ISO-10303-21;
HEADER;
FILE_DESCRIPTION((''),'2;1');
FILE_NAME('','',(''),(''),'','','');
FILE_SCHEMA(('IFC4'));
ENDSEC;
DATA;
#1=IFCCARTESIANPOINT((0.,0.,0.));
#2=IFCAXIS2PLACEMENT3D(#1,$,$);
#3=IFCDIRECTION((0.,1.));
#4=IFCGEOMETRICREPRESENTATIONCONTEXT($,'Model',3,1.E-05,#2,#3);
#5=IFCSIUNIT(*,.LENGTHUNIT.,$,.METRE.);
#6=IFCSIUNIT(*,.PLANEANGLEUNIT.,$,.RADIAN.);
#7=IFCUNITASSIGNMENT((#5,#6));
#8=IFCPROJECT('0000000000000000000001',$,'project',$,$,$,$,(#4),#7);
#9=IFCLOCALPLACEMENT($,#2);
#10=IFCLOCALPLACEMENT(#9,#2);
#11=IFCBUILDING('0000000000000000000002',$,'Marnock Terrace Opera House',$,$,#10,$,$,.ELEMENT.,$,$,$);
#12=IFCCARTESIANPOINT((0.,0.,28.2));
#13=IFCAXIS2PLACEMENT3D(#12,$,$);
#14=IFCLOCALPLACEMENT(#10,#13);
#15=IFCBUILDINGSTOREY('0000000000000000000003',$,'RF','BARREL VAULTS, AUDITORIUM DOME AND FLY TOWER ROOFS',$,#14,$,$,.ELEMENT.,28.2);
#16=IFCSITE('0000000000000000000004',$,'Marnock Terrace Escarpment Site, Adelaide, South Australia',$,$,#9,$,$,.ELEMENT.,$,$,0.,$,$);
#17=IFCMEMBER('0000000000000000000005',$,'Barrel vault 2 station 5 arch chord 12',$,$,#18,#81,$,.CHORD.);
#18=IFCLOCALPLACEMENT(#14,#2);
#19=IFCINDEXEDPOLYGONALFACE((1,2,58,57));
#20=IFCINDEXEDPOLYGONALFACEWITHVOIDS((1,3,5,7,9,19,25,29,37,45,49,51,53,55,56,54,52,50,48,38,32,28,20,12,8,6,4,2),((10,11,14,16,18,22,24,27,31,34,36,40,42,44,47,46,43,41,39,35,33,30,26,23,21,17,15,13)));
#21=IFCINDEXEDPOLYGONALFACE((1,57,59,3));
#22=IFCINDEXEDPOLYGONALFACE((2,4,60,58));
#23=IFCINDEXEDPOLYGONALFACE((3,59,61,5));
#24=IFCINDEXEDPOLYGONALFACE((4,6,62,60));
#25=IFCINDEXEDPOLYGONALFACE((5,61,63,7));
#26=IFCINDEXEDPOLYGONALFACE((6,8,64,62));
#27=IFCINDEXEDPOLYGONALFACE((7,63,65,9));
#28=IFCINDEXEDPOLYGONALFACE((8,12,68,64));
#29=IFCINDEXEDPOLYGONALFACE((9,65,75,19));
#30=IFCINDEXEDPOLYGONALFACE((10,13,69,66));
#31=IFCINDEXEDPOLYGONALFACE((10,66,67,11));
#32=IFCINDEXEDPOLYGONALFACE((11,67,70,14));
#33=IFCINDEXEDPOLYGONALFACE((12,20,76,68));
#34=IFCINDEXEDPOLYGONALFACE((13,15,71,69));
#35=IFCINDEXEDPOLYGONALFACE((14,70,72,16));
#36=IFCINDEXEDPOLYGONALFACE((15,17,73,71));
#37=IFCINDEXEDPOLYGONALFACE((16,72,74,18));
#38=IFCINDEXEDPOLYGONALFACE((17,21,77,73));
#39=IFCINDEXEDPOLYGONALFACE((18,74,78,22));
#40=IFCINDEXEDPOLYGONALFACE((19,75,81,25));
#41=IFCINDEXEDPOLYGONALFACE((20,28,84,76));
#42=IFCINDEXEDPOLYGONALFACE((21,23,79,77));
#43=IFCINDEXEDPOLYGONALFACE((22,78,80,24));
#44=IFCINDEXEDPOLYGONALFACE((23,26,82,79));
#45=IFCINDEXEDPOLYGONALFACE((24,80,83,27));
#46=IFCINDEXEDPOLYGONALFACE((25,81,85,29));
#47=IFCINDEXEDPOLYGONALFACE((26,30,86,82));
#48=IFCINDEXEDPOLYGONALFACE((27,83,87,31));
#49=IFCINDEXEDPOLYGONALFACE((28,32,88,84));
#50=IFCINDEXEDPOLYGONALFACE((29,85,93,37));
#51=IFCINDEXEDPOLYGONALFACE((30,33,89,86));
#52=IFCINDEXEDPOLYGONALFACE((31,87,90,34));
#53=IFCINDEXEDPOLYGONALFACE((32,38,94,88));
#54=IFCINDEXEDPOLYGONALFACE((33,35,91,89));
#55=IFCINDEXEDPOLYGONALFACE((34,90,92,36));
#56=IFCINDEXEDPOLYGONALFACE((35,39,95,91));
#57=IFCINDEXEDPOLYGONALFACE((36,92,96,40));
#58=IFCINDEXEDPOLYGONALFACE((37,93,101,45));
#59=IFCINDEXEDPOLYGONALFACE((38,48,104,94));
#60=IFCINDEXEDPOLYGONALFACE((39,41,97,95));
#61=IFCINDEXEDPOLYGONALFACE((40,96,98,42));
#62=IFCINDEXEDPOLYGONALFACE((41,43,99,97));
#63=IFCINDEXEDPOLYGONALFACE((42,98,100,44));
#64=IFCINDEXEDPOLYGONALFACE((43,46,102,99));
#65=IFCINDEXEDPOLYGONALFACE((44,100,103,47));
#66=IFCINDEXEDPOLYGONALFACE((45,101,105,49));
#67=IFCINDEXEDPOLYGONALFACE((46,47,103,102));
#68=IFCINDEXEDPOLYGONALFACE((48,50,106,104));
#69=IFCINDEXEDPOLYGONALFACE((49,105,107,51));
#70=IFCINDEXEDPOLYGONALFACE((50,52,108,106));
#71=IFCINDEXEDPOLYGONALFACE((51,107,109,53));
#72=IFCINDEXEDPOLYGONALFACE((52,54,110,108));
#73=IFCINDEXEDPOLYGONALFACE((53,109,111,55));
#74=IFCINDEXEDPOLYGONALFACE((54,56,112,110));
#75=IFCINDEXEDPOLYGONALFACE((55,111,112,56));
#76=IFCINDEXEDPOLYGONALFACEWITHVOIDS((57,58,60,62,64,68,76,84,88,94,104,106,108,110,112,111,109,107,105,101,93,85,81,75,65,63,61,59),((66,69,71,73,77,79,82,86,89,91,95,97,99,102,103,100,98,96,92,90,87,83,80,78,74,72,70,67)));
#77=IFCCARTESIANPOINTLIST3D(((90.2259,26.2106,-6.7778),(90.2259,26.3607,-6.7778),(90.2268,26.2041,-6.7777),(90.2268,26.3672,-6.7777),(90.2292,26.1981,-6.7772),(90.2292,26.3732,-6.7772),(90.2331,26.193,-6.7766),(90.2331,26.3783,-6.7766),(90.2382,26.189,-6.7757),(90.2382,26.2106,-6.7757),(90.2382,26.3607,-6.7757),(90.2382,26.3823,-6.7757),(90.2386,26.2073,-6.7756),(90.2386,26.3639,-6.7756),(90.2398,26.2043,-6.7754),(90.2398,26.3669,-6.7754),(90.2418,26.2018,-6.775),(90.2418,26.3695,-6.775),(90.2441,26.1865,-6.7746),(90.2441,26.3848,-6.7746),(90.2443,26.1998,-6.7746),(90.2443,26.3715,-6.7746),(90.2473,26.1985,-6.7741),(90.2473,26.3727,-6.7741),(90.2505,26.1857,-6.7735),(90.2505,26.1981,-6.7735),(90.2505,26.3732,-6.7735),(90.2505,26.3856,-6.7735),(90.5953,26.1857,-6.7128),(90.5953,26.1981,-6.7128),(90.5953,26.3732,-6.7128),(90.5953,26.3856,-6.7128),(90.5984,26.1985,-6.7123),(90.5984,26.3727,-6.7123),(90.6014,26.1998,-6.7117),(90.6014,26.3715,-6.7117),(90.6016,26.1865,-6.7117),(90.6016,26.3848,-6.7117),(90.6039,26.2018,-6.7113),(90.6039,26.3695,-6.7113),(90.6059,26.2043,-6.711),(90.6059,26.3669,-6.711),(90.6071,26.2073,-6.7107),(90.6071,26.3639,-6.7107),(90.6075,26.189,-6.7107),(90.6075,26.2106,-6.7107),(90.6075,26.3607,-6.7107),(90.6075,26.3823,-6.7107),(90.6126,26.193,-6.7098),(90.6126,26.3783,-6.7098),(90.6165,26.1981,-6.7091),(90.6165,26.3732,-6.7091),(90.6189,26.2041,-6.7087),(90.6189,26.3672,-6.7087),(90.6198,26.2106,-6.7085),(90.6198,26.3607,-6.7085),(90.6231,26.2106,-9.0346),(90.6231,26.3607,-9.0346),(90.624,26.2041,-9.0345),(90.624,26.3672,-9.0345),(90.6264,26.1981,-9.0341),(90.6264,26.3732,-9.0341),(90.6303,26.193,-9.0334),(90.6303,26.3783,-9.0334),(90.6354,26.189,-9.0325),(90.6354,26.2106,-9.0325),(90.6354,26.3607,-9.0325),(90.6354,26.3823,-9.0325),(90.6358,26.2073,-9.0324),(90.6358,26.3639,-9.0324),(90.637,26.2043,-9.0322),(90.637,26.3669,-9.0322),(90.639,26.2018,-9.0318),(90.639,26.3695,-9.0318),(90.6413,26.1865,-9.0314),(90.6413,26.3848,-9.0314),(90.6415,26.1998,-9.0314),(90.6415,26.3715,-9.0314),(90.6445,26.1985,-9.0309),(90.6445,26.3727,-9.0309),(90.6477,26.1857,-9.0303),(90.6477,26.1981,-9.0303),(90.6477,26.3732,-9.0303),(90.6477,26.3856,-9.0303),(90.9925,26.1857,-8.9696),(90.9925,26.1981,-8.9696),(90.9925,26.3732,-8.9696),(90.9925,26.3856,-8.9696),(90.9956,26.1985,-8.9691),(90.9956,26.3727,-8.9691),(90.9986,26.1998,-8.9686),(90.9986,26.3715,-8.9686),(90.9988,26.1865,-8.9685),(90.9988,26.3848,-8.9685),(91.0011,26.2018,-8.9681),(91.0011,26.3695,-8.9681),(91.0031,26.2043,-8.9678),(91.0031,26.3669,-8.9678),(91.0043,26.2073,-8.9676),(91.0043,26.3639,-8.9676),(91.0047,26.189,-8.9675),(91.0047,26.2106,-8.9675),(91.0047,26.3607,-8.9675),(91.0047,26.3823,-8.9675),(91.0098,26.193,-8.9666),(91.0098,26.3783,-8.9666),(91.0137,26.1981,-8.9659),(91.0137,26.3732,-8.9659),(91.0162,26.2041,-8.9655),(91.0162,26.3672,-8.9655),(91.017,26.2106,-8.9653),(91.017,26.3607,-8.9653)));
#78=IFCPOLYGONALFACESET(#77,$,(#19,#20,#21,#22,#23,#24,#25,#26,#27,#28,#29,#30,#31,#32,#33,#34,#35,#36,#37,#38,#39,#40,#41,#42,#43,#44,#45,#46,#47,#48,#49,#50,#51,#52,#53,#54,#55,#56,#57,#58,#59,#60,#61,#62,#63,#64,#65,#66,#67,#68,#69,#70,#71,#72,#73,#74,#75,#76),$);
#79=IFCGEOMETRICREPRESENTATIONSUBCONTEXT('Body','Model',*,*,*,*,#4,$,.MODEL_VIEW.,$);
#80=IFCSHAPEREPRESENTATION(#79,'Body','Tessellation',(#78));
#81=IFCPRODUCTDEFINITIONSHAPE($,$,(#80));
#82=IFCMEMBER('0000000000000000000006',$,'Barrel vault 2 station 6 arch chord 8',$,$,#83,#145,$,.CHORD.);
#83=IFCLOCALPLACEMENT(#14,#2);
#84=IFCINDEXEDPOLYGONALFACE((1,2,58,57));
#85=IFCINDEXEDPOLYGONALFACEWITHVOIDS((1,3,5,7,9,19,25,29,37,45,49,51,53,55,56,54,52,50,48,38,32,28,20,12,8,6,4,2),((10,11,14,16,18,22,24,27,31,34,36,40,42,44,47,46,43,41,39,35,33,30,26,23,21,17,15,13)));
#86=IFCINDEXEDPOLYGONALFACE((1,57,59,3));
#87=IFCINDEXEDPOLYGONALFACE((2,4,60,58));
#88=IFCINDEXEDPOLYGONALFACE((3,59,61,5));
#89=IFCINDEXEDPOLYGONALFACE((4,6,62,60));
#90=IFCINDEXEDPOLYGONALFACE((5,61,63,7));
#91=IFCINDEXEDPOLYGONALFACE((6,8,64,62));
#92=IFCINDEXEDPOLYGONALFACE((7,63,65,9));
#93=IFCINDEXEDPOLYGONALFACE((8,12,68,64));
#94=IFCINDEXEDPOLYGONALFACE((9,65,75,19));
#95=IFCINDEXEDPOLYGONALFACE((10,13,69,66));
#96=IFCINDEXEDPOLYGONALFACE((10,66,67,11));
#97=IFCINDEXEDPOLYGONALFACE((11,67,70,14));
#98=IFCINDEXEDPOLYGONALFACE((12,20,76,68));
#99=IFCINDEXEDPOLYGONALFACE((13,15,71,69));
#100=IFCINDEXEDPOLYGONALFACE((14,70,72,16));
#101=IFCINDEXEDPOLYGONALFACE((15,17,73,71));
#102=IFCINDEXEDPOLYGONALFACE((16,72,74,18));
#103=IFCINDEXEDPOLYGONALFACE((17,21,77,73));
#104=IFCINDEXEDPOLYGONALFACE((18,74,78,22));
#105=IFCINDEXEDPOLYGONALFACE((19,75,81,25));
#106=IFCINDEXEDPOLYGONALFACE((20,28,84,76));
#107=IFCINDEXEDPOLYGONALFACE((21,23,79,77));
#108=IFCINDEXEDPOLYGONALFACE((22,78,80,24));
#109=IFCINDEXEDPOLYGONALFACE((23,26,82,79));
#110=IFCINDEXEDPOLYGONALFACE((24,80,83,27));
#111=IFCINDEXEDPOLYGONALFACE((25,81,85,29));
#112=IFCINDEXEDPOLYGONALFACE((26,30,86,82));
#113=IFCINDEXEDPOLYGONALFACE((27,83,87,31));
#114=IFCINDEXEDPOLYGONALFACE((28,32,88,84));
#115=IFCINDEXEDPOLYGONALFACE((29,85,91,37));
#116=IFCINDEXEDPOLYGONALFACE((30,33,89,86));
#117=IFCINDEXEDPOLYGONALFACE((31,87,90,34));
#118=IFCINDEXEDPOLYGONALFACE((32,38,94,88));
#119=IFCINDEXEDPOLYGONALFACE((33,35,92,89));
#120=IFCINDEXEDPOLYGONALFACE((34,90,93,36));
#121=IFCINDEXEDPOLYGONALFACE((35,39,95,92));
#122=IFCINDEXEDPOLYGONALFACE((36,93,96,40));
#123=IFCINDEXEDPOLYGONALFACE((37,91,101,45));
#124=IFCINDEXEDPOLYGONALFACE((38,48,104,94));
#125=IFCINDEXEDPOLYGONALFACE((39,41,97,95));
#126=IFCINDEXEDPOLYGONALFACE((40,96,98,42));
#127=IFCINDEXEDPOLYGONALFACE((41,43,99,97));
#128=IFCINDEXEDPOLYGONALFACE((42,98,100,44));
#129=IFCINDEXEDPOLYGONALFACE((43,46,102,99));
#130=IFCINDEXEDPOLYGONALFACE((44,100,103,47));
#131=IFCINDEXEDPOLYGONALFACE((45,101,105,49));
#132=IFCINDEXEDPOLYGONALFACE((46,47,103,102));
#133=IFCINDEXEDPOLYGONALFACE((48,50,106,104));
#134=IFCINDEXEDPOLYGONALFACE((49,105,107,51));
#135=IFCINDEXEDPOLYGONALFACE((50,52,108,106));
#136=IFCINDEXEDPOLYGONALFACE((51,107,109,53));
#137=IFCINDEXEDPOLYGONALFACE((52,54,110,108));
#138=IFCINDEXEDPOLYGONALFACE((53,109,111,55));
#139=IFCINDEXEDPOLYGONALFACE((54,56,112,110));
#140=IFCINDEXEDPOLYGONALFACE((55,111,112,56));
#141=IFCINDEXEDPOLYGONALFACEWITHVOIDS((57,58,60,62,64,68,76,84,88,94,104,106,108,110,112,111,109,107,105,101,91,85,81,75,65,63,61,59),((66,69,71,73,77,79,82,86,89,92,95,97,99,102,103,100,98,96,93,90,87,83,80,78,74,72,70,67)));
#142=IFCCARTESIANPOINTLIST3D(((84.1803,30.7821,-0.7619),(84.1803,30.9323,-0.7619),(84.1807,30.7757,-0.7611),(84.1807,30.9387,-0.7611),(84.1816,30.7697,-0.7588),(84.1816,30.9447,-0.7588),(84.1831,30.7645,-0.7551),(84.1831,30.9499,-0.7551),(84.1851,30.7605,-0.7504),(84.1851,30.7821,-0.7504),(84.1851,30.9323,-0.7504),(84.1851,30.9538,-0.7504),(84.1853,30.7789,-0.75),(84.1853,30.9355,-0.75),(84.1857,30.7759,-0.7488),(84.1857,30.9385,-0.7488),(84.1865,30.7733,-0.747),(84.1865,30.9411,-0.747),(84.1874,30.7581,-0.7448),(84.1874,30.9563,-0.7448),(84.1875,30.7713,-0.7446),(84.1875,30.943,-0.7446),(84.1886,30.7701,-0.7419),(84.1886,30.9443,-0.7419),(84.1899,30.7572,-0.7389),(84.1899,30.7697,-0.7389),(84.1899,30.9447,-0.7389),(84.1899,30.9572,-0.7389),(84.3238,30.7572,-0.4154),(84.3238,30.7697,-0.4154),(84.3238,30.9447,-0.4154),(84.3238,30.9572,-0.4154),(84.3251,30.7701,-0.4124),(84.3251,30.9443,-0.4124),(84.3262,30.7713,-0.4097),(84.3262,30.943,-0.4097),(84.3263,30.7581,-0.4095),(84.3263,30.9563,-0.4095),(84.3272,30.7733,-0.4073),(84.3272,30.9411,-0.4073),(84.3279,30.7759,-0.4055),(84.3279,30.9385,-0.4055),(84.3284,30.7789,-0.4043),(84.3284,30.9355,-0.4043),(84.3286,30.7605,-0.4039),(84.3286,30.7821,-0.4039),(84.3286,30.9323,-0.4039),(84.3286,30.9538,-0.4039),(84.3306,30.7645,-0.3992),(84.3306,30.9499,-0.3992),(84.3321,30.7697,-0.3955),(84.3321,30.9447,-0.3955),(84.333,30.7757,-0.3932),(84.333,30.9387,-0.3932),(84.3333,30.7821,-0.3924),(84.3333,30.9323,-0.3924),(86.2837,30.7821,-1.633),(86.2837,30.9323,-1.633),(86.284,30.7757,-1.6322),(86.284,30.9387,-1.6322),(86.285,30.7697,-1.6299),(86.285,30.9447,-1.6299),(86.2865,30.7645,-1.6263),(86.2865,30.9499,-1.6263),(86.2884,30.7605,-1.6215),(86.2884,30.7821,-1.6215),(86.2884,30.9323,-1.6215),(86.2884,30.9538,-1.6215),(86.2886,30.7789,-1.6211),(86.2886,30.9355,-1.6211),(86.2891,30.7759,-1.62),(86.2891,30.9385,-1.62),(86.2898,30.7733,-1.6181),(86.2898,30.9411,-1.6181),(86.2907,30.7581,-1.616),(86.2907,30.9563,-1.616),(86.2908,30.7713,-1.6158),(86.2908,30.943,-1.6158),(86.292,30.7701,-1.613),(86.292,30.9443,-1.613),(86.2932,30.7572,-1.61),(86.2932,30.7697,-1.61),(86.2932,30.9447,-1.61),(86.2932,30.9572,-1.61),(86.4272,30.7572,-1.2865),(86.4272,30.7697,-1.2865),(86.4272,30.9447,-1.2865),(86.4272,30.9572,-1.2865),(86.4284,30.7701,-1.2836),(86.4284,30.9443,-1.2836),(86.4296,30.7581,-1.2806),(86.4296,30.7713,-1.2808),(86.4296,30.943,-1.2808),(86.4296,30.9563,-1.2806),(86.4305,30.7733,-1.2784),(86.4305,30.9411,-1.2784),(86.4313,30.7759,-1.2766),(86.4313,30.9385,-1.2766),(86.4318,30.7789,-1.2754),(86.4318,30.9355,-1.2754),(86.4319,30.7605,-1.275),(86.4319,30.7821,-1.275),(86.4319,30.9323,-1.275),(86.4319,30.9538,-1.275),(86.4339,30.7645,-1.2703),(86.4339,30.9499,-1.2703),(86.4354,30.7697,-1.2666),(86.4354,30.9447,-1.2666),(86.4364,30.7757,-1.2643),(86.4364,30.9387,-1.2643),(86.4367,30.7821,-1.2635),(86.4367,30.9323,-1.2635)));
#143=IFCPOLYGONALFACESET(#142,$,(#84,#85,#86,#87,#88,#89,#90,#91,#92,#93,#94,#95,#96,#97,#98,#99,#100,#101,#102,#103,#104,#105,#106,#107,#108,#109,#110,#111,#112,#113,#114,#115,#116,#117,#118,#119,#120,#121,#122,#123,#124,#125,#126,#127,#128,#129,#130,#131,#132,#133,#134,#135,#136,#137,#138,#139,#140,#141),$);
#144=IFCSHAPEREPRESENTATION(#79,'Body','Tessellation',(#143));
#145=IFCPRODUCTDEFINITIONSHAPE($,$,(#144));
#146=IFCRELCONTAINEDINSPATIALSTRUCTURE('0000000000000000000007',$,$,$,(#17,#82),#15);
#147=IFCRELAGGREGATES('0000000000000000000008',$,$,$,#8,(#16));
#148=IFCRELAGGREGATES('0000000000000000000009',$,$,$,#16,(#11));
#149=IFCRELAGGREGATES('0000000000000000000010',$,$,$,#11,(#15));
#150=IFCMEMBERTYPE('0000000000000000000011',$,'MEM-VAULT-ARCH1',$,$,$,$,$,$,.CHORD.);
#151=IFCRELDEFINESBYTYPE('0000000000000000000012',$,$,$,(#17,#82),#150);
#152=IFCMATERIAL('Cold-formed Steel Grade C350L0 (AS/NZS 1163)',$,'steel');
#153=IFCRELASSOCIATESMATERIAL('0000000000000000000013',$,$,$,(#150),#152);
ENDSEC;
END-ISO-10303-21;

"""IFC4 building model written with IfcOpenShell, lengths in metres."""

from ifc_helpers import new_model, si_unit, direction, frame, origin, origin_2d, place, context, subcontext, project, spatial, hollow_rectangle, extrude, material, material_profile, profile_set, type_object, element, save


model = new_model("IFC4")

# Units and contexts
model_context = context("Model", 3, precision=1e-05, world=origin(), true_north=direction((0.0, 1.0)))
body_context = subcontext(model_context, "Body", "Model", "MODEL_VIEW")
ifc_project = project(units=[si_unit("LENGTHUNIT", "METRE"), si_unit("PLANEANGLEUNIT", "RADIAN")], contexts=[model_context])

# Site, building, storey
site_placement = place(None, origin())
site = spatial("IfcSite", under=ifc_project, at=site_placement, Name="Marnock Terrace Escarpment Site, Adelaide, South Australia", CompositionType="ELEMENT", RefElevation=0.0)
building_placement = place(site_placement, origin())
building = spatial("IfcBuilding", under=site, at=building_placement, Name="Marnock Terrace Opera House", CompositionType="ELEMENT")
storey_placement = place(building_placement, frame((0.0, 0.0, 28.2)))
storey = spatial("IfcBuildingStorey", under=building, at=storey_placement, Name="RF", Description="BARREL VAULTS, AUDITORIUM DOME AND FLY TOWER ROOFS", CompositionType="ELEMENT", Elevation=28.2)

# Members
ifc_material = material(Name="Cold-formed Steel Grade C350L0 (AS/NZS 1163)", Category="steel")
ifc_material_profile_1 = material_profile(ifc_material, hollow_rectangle(XDim=0.2, YDim=0.3999, WallThickness=0.0125, InnerFilletRadius=0.0125, OuterFilletRadius=0.0249, at=origin_2d()))
ifc_profile_set_1 = profile_set([ifc_material_profile_1], Name="Cold-formed Steel Grade C350L0 (AS/NZS 1163)")
member_type_1 = type_object("IfcMemberType", Name="MEM-VAULT-ARCH1", PredefinedType="CHORD", material=ifc_profile_set_1)
member_1_placement = place(storey_placement, frame((90.4229, 26.2856, -6.7432), z_axis=(0.173342, 0.0, -0.984862), x_axis=(0.0, 1.0, 0.0)))
element("IfcMember", 1, at=member_1_placement, inside=storey, type_object=member_type_1, Name="Barrel vault 2 station 5 arch chord 12", PredefinedType="CHORD", context=body_context, shape_type="SweptSolid", body=[
    extrude(hollow_rectangle(XDim=0.2, YDim=0.3999, WallThickness=0.0125, InnerFilletRadius=0.0125, OuterFilletRadius=0.0249, at=origin_2d()), origin(), (0.0, 0.0, 1.0), 2.2915),
])
member_2_placement = place(storey_placement, frame((84.2568, 30.8572, -0.5771), z_axis=(0.923897, 0.0, -0.382642), x_axis=(0.0, 1.0, 0.0)))
element("IfcMember", 2, at=member_2_placement, inside=storey, type_object=member_type_1, Name="Barrel vault 2 station 6 arch chord 8", PredefinedType="CHORD", context=body_context, shape_type="SweptSolid", body=[
    extrude(hollow_rectangle(XDim=0.2, YDim=0.3999, WallThickness=0.0125, InnerFilletRadius=0.0125, OuterFilletRadius=0.0249, at=origin_2d()), origin(), (0.0, 0.0, 1.0), 2.2766),
])

save(model, "model.ifc")
